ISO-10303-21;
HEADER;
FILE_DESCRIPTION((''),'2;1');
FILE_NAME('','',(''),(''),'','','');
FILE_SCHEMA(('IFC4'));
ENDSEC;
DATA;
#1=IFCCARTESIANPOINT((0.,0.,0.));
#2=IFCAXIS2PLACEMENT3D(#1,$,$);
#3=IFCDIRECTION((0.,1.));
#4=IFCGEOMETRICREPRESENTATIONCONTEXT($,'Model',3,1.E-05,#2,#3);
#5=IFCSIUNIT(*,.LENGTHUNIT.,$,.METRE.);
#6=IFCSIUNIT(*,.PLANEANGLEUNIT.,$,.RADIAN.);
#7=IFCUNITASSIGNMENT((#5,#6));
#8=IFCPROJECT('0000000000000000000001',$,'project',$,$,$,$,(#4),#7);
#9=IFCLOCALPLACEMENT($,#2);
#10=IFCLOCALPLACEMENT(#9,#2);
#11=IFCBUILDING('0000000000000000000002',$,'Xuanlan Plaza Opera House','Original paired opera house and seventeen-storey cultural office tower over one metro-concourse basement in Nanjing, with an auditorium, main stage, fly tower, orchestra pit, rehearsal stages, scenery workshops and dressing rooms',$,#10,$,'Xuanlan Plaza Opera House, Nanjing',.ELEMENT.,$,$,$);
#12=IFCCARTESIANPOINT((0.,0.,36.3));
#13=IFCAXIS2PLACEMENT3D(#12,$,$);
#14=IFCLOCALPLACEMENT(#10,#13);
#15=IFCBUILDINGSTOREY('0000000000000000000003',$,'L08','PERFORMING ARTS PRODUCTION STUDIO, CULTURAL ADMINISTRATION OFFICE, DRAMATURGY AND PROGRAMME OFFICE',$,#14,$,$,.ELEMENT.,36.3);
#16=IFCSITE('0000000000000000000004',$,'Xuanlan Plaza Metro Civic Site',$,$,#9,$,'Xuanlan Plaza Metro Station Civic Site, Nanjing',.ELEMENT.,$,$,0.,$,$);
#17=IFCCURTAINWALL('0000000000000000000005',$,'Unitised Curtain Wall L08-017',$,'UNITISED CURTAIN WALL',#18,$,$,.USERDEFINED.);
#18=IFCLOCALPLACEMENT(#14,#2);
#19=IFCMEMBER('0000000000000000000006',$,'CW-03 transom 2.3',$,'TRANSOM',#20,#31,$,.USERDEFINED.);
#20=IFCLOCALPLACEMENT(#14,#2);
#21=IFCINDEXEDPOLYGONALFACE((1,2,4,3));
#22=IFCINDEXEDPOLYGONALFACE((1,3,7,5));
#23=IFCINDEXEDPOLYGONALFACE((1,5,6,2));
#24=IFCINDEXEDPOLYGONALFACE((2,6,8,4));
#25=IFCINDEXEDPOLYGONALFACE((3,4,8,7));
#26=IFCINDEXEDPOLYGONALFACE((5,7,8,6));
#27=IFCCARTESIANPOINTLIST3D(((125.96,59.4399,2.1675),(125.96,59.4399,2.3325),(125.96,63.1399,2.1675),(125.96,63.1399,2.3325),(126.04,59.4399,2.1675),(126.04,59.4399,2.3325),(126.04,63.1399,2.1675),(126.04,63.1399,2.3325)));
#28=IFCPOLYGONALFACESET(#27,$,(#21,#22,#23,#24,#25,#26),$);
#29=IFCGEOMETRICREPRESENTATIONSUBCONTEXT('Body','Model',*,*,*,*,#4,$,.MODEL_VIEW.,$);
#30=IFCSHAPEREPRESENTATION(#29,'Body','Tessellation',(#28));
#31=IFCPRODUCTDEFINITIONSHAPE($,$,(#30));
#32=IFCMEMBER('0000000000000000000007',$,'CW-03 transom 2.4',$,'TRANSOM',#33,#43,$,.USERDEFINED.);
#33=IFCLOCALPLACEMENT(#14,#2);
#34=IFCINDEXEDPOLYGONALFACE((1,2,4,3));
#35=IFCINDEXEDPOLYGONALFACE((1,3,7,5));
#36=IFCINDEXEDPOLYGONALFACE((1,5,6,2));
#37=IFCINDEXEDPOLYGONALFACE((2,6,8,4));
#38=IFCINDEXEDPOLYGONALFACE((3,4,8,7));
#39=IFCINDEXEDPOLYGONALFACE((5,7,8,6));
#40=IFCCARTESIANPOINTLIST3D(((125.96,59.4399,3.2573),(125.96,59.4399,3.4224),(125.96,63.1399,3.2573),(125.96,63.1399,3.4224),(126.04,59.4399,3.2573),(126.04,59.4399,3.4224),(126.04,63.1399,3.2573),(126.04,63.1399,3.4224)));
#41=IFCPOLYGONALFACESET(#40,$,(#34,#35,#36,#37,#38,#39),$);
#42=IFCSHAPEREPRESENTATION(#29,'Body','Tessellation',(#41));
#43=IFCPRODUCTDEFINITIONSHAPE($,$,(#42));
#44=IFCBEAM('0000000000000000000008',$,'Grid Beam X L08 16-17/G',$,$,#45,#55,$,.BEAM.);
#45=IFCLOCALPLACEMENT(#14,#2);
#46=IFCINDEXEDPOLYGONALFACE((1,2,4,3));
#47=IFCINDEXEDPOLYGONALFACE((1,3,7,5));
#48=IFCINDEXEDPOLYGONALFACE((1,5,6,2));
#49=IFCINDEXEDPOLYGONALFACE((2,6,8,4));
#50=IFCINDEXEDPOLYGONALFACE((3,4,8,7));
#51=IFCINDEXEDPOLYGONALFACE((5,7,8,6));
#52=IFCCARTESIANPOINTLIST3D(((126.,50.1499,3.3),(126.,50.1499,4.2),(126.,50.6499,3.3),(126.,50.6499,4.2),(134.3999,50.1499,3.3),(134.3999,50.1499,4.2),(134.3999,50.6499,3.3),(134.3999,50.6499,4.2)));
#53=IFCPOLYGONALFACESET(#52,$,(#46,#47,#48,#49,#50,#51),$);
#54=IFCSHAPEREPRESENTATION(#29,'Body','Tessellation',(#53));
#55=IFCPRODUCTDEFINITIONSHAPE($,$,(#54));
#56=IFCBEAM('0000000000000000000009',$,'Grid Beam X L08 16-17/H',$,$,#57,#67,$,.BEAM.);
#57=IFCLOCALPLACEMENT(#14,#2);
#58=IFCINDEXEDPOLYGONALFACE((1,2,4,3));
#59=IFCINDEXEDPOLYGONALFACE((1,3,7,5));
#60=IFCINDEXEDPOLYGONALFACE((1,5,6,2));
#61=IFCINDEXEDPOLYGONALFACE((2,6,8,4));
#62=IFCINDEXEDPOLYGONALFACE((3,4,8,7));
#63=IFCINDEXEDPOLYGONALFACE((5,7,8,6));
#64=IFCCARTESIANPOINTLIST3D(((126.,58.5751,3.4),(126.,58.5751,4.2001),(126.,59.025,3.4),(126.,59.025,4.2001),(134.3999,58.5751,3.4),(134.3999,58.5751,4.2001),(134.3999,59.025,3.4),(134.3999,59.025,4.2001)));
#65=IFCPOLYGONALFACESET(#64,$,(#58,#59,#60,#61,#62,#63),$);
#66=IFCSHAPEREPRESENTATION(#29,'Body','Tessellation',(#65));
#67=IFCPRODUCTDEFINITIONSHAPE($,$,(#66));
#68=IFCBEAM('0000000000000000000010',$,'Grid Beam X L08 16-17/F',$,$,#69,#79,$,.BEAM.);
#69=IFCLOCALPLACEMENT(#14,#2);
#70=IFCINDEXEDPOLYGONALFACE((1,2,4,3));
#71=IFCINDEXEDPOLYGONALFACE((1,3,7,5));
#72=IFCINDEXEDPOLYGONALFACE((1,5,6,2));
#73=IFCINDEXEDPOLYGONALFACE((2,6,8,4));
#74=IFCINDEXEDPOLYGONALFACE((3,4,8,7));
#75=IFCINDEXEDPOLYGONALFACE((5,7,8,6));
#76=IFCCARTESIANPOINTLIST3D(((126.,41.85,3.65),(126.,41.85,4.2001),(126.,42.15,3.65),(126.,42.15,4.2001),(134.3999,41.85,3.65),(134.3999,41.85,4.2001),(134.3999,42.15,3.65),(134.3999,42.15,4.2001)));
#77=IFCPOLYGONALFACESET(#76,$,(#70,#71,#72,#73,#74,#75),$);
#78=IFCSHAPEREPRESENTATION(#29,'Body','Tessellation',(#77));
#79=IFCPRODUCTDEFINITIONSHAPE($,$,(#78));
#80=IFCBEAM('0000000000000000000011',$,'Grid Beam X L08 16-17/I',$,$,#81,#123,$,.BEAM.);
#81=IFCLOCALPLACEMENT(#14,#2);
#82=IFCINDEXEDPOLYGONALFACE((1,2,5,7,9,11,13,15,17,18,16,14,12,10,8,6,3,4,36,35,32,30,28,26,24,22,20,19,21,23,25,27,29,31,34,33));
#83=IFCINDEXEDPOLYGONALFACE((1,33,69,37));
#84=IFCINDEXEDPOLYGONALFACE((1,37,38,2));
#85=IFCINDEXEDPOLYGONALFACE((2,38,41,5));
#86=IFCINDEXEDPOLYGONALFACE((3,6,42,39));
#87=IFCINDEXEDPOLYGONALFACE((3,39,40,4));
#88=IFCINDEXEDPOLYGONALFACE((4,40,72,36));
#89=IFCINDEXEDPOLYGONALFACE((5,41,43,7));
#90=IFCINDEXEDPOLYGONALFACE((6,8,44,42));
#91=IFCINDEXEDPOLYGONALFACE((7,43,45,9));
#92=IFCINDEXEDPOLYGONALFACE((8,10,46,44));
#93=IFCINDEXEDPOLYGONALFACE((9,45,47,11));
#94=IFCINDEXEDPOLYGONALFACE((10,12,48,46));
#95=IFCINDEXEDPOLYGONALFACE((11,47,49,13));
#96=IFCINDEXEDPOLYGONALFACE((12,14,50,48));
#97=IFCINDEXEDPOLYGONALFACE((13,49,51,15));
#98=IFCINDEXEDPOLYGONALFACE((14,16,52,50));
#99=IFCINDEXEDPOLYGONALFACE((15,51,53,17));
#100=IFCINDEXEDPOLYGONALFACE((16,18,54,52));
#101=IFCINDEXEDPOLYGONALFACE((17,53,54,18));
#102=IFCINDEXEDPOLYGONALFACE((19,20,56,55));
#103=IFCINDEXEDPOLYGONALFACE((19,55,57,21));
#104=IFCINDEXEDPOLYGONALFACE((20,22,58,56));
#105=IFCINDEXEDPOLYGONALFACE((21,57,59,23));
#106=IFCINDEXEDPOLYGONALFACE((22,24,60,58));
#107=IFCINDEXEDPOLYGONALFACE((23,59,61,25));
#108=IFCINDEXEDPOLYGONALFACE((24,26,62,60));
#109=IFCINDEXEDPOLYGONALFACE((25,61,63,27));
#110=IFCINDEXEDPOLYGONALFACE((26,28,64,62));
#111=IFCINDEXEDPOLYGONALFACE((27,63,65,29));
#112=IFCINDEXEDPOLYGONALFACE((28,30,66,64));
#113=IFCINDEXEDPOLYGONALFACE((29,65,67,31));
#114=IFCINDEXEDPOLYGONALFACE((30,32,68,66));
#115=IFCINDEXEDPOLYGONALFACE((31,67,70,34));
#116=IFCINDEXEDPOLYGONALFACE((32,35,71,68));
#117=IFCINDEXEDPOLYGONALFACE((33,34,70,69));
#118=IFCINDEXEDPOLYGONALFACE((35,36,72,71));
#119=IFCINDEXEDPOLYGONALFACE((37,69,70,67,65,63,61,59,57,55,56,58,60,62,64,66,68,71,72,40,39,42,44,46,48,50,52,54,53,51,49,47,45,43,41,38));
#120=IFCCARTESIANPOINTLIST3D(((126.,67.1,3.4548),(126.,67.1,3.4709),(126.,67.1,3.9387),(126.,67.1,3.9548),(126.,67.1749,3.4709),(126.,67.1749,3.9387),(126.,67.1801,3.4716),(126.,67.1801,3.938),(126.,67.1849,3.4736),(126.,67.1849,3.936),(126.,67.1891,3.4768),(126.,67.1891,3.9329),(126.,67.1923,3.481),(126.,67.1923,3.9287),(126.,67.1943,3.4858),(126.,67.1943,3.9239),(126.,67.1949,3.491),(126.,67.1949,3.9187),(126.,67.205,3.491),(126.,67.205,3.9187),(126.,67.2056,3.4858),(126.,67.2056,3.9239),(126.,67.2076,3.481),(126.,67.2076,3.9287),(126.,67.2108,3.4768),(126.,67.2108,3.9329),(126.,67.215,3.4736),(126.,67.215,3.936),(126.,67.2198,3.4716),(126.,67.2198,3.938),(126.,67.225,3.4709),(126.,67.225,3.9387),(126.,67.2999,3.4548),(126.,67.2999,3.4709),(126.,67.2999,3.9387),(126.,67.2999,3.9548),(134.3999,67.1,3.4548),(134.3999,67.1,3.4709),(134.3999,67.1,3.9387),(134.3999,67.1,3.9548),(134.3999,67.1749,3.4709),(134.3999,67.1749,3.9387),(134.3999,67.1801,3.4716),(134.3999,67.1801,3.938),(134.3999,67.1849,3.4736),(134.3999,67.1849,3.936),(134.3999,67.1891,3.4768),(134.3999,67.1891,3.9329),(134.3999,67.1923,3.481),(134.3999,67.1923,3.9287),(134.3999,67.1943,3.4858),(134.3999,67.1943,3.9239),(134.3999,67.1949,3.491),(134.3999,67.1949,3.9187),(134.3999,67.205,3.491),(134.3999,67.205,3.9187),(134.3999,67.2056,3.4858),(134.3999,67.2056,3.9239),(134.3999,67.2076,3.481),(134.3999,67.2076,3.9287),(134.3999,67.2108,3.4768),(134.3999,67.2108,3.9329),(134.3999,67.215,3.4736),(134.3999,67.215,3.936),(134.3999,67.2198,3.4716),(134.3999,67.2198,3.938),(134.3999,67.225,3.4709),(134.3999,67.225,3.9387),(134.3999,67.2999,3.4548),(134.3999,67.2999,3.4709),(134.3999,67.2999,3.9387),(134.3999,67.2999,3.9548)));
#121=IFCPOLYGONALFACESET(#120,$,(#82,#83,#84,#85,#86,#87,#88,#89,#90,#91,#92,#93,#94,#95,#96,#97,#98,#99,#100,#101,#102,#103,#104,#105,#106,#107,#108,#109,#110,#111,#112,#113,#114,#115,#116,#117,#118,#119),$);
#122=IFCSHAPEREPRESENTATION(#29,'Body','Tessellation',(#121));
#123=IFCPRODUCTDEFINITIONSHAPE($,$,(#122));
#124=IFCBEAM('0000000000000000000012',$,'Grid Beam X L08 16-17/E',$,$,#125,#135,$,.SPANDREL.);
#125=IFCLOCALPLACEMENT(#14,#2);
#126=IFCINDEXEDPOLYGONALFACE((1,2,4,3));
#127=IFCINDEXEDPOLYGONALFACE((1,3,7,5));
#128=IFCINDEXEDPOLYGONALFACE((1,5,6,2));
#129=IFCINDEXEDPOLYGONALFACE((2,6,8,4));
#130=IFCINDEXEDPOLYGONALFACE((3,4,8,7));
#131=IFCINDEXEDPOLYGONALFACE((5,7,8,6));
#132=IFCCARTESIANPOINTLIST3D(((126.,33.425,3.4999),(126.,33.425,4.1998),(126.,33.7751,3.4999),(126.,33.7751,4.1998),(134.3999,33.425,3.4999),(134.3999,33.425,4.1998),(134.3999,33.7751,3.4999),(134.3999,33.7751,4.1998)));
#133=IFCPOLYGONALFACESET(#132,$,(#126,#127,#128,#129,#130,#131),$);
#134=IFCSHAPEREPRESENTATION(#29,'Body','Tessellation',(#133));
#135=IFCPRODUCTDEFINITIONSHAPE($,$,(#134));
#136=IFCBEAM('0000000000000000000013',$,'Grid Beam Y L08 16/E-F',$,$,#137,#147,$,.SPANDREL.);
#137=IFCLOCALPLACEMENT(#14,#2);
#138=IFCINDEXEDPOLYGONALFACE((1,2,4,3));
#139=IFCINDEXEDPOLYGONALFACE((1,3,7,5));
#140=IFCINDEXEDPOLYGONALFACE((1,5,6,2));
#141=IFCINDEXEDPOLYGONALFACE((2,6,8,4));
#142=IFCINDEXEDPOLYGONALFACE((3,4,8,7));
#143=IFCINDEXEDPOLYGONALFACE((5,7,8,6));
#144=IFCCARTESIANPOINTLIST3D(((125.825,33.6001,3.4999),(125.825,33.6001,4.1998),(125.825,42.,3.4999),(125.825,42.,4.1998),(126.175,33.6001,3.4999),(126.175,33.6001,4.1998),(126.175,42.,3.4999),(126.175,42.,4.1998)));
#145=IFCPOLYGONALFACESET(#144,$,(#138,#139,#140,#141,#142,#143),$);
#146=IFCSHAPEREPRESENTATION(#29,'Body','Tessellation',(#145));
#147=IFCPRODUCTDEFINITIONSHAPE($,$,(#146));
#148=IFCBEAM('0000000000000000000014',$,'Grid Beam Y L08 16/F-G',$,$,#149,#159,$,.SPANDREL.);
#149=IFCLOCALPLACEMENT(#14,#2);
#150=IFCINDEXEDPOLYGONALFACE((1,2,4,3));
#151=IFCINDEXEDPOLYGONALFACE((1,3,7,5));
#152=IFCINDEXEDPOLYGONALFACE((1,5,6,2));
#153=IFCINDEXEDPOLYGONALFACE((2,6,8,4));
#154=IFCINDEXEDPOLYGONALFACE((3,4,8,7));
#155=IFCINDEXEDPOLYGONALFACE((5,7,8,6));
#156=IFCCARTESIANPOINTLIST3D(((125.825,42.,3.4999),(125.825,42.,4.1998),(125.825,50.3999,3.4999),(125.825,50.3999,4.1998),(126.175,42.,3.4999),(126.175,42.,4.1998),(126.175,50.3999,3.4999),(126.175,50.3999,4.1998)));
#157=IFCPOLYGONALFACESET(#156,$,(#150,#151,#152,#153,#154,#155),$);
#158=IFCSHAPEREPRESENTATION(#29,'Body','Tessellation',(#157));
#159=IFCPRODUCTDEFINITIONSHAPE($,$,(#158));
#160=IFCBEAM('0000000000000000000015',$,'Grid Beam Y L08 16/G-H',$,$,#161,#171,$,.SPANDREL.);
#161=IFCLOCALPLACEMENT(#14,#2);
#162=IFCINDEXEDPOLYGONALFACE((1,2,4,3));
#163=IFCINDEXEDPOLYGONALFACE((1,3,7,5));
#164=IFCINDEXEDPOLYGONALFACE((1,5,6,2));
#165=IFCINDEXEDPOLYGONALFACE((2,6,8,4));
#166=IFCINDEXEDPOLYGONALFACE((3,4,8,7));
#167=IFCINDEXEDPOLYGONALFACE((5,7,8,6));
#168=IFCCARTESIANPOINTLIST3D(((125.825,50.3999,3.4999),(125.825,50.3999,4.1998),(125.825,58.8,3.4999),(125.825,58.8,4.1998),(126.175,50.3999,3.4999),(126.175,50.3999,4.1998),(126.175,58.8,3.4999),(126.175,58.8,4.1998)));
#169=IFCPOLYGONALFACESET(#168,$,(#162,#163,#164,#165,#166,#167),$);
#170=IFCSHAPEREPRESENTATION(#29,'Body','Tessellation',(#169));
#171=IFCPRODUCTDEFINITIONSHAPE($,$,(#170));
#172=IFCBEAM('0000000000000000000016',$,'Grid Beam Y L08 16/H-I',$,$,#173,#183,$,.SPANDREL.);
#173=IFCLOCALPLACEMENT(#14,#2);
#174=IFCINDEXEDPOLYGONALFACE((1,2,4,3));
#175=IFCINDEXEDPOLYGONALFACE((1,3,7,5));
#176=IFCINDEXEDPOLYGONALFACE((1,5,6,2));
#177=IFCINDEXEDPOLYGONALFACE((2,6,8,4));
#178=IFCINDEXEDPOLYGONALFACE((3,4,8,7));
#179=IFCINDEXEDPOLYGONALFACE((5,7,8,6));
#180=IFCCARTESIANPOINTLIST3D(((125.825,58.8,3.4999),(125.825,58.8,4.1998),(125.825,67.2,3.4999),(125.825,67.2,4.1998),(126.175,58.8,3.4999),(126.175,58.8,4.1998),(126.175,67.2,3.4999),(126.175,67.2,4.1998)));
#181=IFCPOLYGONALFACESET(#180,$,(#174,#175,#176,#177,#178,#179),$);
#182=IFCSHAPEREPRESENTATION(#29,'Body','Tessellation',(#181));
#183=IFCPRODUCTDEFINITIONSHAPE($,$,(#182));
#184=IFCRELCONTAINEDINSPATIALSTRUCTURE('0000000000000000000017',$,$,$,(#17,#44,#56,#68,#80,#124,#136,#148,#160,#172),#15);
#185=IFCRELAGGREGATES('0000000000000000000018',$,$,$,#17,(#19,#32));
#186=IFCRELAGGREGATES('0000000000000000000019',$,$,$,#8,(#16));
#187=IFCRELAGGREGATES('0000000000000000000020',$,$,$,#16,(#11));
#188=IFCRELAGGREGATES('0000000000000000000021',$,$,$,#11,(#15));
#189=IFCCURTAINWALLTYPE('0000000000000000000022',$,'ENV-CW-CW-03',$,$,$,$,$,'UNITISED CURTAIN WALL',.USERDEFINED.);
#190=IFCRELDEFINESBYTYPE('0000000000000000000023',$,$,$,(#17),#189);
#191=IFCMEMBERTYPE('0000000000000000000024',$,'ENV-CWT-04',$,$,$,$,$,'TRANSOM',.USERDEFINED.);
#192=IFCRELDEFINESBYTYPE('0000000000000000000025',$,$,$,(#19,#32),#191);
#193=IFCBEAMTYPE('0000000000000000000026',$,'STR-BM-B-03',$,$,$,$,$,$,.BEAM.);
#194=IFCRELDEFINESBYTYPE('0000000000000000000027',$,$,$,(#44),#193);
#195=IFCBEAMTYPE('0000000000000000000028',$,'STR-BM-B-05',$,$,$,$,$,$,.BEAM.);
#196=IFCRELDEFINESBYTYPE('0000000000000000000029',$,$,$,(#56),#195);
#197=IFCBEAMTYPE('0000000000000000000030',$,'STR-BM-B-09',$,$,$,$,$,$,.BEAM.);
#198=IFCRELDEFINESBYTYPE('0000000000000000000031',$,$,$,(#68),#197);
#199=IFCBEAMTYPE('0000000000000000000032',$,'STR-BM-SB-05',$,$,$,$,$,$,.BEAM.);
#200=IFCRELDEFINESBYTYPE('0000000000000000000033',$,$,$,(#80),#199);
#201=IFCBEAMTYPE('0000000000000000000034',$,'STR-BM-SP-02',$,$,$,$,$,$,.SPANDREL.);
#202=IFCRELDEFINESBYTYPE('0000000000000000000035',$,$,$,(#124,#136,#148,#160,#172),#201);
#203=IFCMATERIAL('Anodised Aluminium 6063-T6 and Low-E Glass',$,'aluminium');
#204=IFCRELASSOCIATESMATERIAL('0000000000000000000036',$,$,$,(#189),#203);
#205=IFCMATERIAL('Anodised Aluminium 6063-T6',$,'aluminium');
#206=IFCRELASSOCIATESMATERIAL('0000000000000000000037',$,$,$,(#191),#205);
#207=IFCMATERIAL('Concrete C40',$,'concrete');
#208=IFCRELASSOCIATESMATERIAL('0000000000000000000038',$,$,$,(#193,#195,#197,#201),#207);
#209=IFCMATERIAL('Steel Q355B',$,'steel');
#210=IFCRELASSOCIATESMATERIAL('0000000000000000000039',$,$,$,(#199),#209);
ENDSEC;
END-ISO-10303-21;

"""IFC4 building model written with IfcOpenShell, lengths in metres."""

from ifc_helpers import new_model, si_unit, direction, frame, origin, origin_2d, place, context, subcontext, project, spatial, rectangle, i_section, extrude, material, material_profile, profile_set, type_object, element, aggregate, save


model = new_model("IFC4")

# Units and contexts
model_context = context("Model", 3, precision=1e-05, world=origin(), true_north=direction((0.0, 1.0)))
body_context = subcontext(model_context, "Body", "Model", "MODEL_VIEW")
ifc_project = project(units=[si_unit("LENGTHUNIT", "METRE"), si_unit("PLANEANGLEUNIT", "RADIAN")], contexts=[model_context])

# Site, building, storey
site_placement = place(None, origin())
site = spatial("IfcSite", under=ifc_project, at=site_placement, Name="Xuanlan Plaza Metro Civic Site", LongName="Xuanlan Plaza Metro Station Civic Site, Nanjing", CompositionType="ELEMENT", RefElevation=0.0)
building_placement = place(site_placement, origin())
building = spatial("IfcBuilding", under=site, at=building_placement, Name="Xuanlan Plaza Opera House", Description="Original paired opera house and seventeen-storey cultural office tower over one metro-concourse basement in Nanjing, with an auditorium, main stage, fly tower, orchestra pit, rehearsal stages, scenery workshops and dressing rooms", LongName="Xuanlan Plaza Opera House, Nanjing", CompositionType="ELEMENT")
storey_placement = place(building_placement, frame((0.0, 0.0, 36.3)))
storey = spatial("IfcBuildingStorey", under=building, at=storey_placement, Name="L08", Description="PERFORMING ARTS PRODUCTION STUDIO, CULTURAL ADMINISTRATION OFFICE, DRAMATURGY AND PROGRAMME OFFICE", CompositionType="ELEMENT", Elevation=36.3)

# Shared definitions
ifc_material_1 = material(Name="Steel Q355B", Category="steel")

# Curtain wall
ifc_material_2 = material(Name="Anodised Aluminium 6063-T6 and Low-E Glass", Category="aluminium")
curtain_wall_type_1 = type_object("IfcCurtainWallType", Name="ENV-CW-CW-03", ElementType="UNITISED CURTAIN WALL", PredefinedType="USERDEFINED", material=ifc_material_2)
curtain_wall_1_placement = place(storey_placement, origin())
curtain_wall_1 = element("IfcCurtainWall", 1, at=curtain_wall_1_placement, inside=storey, type_object=curtain_wall_type_1, Name="Unitised Curtain Wall L08-017", ObjectType="UNITISED CURTAIN WALL", PredefinedType="USERDEFINED")
ifc_material_3 = material(Name="Anodised Aluminium 6063-T6", Category="aluminium")

# Members
ifc_material_profile_1 = material_profile(ifc_material_3, rectangle(XDim=0.0801, YDim=0.165, at=origin_2d()), Name="ALU-T 80x165")
ifc_profile_set_1 = profile_set([ifc_material_profile_1], Name="Anodised Aluminium 6063-T6")
member_type_1 = type_object("IfcMemberType", Name="ENV-CWT-04", ElementType="TRANSOM", PredefinedType="USERDEFINED", material=ifc_profile_set_1)
member_1_placement = place(storey_placement, frame((126.0, 63.1399, 2.25), z_axis=(0.0, -1.0, 0.0), x_axis=(1.0, 0.0, 0.0)))
member_1 = element("IfcMember", 2, at=member_1_placement, type_object=member_type_1, Name="CW-03 transom 2.3", ObjectType="TRANSOM", PredefinedType="USERDEFINED", context=body_context, shape_type="SweptSolid", body=[
    extrude(rectangle(XDim=0.0801, YDim=0.165, at=origin_2d()), origin(), (0.0, 0.0, 1.0), 3.7),
])
member_2_placement = place(storey_placement, frame((126.0, 63.1399, 3.3398), z_axis=(0.0, -1.0, 0.0), x_axis=(1.0, 0.0, 0.0)))
member_2 = element("IfcMember", 3, at=member_2_placement, type_object=member_type_1, Name="CW-03 transom 2.4", ObjectType="TRANSOM", PredefinedType="USERDEFINED", context=body_context, shape_type="SweptSolid", body=[
    extrude(rectangle(XDim=0.0801, YDim=0.165, at=origin_2d()), origin(), (0.0, 0.0, 1.0), 3.7),
])

# Beams
ifc_material_4 = material(Name="Concrete C40", Category="concrete")
ifc_material_profile_2 = material_profile(ifc_material_4, rectangle(XDim=0.5, YDim=0.8999, at=origin_2d()), Name="RC-BM 500x900")
ifc_profile_set_2 = profile_set([ifc_material_profile_2], Name="Concrete C40")
beam_type_1 = type_object("IfcBeamType", Name="STR-BM-B-03", PredefinedType="BEAM", material=ifc_profile_set_2)
beam_1_placement = place(storey_placement, frame((126.0, 50.3999, 3.75), z_axis=(1.0, 0.0, 0.0), x_axis=(0.0, 1.0, 0.0)))
element("IfcBeam", 4, at=beam_1_placement, inside=storey, type_object=beam_type_1, Name="Grid Beam X L08 16-17/G", PredefinedType="BEAM", context=body_context, shape_type="SweptSolid", body=[
    extrude(rectangle(XDim=0.5, YDim=0.8999, at=origin_2d()), origin(), (0.0, 0.0, 1.0), 8.3999),
])
ifc_material_profile_3 = material_profile(ifc_material_4, rectangle(XDim=0.45, YDim=0.8, at=origin_2d()), Name="RC-BM 450x800")
ifc_profile_set_3 = profile_set([ifc_material_profile_3], Name="Concrete C40")
beam_type_2 = type_object("IfcBeamType", Name="STR-BM-B-05", PredefinedType="BEAM", material=ifc_profile_set_3)
beam_2_placement = place(storey_placement, frame((126.0, 58.8, 3.8), z_axis=(1.0, 0.0, 0.0), x_axis=(0.0, 1.0, 0.0)))
element("IfcBeam", 5, at=beam_2_placement, inside=storey, type_object=beam_type_2, Name="Grid Beam X L08 16-17/H", PredefinedType="BEAM", context=body_context, shape_type="SweptSolid", body=[
    extrude(rectangle(XDim=0.45, YDim=0.8, at=origin_2d()), origin(), (0.0, 0.0, 1.0), 8.3999),
])
ifc_material_profile_4 = material_profile(ifc_material_4, rectangle(XDim=0.3, YDim=0.55, at=origin_2d()), Name="RC-BM 300x550")
ifc_profile_set_4 = profile_set([ifc_material_profile_4], Name="Concrete C40")
beam_type_3 = type_object("IfcBeamType", Name="STR-BM-B-09", PredefinedType="BEAM", material=ifc_profile_set_4)
beam_3_placement = place(storey_placement, frame((126.0, 42.0, 3.925), z_axis=(1.0, 0.0, 0.0), x_axis=(0.0, 1.0, 0.0)))
element("IfcBeam", 6, at=beam_3_placement, inside=storey, type_object=beam_type_3, Name="Grid Beam X L08 16-17/F", PredefinedType="BEAM", context=body_context, shape_type="SweptSolid", body=[
    extrude(rectangle(XDim=0.3, YDim=0.55, at=origin_2d()), origin(), (0.0, 0.0, 1.0), 8.3999),
])
ifc_material_profile_5 = material_profile(ifc_material_1, i_section(OverallWidth=0.2, OverallDepth=0.5, WebThickness=0.01, FlangeThickness=0.0161, FilletRadius=0.02, at=origin_2d()), Name="HN 500x200x10x16")
ifc_profile_set_5 = profile_set([ifc_material_profile_5], Name="Steel Q355B")
beam_type_4 = type_object("IfcBeamType", Name="STR-BM-SB-05", PredefinedType="BEAM", material=ifc_profile_set_5)
beam_4_placement = place(storey_placement, frame((126.0, 67.2, 3.7048), z_axis=(1.0, 0.0, 0.0), x_axis=(0.0, 1.0, 0.0)))
element("IfcBeam", 7, at=beam_4_placement, inside=storey, type_object=beam_type_4, Name="Grid Beam X L08 16-17/I", PredefinedType="BEAM", context=body_context, shape_type="SweptSolid", body=[
    extrude(i_section(OverallWidth=0.2, OverallDepth=0.5, WebThickness=0.01, FlangeThickness=0.0161, FilletRadius=0.02, at=origin_2d()), origin(), (0.0, 0.0, 1.0), 8.3999),
])
ifc_material_profile_6 = material_profile(ifc_material_4, rectangle(XDim=0.3501, YDim=0.7, at=origin_2d()), Name="RC-SPD 350x700")
ifc_profile_set_6 = profile_set([ifc_material_profile_6], Name="Concrete C40")
beam_type_5 = type_object("IfcBeamType", Name="STR-BM-SP-02", PredefinedType="SPANDREL", material=ifc_profile_set_6)
for number, where, z_axis, x_axis, name in (
    (8, (126.0, 33.6001, 3.8499), (1.0, 0.0, 0.0), (0.0, 1.0, 0.0), "Grid Beam X L08 16-17/E"),
    (9, (126.0, 33.6001, 3.8499), (0.0, 1.0, 0.0), (-1.0, 0.0, 0.0), "Grid Beam Y L08 16/E-F"),
    (10, (126.0, 42.0, 3.8499), (0.0, 1.0, 0.0), (-1.0, 0.0, 0.0), "Grid Beam Y L08 16/F-G"),
):
    element("IfcBeam", number, at=place(storey_placement, frame(where, z_axis=z_axis, x_axis=x_axis)), inside=storey, type_object=beam_type_5, Name=name, PredefinedType="SPANDREL", context=body_context, shape_type="SweptSolid", body=[
        extrude(rectangle(XDim=0.3501, YDim=0.7, at=origin_2d()), origin(), (0.0, 0.0, 1.0), 8.3999),
    ])
beam_5_placement = place(storey_placement, frame((126.0, 50.3999, 3.8499), z_axis=(0.0, 1.0, 0.0), x_axis=(-1.0, 0.0, 0.0)))
element("IfcBeam", 11, at=beam_5_placement, inside=storey, type_object=beam_type_5, Name="Grid Beam Y L08 16/G-H", PredefinedType="SPANDREL", context=body_context, shape_type="SweptSolid", body=[
    extrude(rectangle(XDim=0.3501, YDim=0.7, at=origin_2d()), origin(), (0.0, 0.0, 1.0), 8.4001),
])
beam_6_placement = place(storey_placement, frame((126.0, 58.8, 3.8499), z_axis=(0.0, 1.0, 0.0), x_axis=(-1.0, 0.0, 0.0)))
element("IfcBeam", 12, at=beam_6_placement, inside=storey, type_object=beam_type_5, Name="Grid Beam Y L08 16/H-I", PredefinedType="SPANDREL", context=body_context, shape_type="SweptSolid", body=[
    extrude(rectangle(XDim=0.3501, YDim=0.7, at=origin_2d()), origin(), (0.0, 0.0, 1.0), 8.3999),
])

aggregate(curtain_wall_1, [member_1, member_2])

save(model, "model.ifc")
